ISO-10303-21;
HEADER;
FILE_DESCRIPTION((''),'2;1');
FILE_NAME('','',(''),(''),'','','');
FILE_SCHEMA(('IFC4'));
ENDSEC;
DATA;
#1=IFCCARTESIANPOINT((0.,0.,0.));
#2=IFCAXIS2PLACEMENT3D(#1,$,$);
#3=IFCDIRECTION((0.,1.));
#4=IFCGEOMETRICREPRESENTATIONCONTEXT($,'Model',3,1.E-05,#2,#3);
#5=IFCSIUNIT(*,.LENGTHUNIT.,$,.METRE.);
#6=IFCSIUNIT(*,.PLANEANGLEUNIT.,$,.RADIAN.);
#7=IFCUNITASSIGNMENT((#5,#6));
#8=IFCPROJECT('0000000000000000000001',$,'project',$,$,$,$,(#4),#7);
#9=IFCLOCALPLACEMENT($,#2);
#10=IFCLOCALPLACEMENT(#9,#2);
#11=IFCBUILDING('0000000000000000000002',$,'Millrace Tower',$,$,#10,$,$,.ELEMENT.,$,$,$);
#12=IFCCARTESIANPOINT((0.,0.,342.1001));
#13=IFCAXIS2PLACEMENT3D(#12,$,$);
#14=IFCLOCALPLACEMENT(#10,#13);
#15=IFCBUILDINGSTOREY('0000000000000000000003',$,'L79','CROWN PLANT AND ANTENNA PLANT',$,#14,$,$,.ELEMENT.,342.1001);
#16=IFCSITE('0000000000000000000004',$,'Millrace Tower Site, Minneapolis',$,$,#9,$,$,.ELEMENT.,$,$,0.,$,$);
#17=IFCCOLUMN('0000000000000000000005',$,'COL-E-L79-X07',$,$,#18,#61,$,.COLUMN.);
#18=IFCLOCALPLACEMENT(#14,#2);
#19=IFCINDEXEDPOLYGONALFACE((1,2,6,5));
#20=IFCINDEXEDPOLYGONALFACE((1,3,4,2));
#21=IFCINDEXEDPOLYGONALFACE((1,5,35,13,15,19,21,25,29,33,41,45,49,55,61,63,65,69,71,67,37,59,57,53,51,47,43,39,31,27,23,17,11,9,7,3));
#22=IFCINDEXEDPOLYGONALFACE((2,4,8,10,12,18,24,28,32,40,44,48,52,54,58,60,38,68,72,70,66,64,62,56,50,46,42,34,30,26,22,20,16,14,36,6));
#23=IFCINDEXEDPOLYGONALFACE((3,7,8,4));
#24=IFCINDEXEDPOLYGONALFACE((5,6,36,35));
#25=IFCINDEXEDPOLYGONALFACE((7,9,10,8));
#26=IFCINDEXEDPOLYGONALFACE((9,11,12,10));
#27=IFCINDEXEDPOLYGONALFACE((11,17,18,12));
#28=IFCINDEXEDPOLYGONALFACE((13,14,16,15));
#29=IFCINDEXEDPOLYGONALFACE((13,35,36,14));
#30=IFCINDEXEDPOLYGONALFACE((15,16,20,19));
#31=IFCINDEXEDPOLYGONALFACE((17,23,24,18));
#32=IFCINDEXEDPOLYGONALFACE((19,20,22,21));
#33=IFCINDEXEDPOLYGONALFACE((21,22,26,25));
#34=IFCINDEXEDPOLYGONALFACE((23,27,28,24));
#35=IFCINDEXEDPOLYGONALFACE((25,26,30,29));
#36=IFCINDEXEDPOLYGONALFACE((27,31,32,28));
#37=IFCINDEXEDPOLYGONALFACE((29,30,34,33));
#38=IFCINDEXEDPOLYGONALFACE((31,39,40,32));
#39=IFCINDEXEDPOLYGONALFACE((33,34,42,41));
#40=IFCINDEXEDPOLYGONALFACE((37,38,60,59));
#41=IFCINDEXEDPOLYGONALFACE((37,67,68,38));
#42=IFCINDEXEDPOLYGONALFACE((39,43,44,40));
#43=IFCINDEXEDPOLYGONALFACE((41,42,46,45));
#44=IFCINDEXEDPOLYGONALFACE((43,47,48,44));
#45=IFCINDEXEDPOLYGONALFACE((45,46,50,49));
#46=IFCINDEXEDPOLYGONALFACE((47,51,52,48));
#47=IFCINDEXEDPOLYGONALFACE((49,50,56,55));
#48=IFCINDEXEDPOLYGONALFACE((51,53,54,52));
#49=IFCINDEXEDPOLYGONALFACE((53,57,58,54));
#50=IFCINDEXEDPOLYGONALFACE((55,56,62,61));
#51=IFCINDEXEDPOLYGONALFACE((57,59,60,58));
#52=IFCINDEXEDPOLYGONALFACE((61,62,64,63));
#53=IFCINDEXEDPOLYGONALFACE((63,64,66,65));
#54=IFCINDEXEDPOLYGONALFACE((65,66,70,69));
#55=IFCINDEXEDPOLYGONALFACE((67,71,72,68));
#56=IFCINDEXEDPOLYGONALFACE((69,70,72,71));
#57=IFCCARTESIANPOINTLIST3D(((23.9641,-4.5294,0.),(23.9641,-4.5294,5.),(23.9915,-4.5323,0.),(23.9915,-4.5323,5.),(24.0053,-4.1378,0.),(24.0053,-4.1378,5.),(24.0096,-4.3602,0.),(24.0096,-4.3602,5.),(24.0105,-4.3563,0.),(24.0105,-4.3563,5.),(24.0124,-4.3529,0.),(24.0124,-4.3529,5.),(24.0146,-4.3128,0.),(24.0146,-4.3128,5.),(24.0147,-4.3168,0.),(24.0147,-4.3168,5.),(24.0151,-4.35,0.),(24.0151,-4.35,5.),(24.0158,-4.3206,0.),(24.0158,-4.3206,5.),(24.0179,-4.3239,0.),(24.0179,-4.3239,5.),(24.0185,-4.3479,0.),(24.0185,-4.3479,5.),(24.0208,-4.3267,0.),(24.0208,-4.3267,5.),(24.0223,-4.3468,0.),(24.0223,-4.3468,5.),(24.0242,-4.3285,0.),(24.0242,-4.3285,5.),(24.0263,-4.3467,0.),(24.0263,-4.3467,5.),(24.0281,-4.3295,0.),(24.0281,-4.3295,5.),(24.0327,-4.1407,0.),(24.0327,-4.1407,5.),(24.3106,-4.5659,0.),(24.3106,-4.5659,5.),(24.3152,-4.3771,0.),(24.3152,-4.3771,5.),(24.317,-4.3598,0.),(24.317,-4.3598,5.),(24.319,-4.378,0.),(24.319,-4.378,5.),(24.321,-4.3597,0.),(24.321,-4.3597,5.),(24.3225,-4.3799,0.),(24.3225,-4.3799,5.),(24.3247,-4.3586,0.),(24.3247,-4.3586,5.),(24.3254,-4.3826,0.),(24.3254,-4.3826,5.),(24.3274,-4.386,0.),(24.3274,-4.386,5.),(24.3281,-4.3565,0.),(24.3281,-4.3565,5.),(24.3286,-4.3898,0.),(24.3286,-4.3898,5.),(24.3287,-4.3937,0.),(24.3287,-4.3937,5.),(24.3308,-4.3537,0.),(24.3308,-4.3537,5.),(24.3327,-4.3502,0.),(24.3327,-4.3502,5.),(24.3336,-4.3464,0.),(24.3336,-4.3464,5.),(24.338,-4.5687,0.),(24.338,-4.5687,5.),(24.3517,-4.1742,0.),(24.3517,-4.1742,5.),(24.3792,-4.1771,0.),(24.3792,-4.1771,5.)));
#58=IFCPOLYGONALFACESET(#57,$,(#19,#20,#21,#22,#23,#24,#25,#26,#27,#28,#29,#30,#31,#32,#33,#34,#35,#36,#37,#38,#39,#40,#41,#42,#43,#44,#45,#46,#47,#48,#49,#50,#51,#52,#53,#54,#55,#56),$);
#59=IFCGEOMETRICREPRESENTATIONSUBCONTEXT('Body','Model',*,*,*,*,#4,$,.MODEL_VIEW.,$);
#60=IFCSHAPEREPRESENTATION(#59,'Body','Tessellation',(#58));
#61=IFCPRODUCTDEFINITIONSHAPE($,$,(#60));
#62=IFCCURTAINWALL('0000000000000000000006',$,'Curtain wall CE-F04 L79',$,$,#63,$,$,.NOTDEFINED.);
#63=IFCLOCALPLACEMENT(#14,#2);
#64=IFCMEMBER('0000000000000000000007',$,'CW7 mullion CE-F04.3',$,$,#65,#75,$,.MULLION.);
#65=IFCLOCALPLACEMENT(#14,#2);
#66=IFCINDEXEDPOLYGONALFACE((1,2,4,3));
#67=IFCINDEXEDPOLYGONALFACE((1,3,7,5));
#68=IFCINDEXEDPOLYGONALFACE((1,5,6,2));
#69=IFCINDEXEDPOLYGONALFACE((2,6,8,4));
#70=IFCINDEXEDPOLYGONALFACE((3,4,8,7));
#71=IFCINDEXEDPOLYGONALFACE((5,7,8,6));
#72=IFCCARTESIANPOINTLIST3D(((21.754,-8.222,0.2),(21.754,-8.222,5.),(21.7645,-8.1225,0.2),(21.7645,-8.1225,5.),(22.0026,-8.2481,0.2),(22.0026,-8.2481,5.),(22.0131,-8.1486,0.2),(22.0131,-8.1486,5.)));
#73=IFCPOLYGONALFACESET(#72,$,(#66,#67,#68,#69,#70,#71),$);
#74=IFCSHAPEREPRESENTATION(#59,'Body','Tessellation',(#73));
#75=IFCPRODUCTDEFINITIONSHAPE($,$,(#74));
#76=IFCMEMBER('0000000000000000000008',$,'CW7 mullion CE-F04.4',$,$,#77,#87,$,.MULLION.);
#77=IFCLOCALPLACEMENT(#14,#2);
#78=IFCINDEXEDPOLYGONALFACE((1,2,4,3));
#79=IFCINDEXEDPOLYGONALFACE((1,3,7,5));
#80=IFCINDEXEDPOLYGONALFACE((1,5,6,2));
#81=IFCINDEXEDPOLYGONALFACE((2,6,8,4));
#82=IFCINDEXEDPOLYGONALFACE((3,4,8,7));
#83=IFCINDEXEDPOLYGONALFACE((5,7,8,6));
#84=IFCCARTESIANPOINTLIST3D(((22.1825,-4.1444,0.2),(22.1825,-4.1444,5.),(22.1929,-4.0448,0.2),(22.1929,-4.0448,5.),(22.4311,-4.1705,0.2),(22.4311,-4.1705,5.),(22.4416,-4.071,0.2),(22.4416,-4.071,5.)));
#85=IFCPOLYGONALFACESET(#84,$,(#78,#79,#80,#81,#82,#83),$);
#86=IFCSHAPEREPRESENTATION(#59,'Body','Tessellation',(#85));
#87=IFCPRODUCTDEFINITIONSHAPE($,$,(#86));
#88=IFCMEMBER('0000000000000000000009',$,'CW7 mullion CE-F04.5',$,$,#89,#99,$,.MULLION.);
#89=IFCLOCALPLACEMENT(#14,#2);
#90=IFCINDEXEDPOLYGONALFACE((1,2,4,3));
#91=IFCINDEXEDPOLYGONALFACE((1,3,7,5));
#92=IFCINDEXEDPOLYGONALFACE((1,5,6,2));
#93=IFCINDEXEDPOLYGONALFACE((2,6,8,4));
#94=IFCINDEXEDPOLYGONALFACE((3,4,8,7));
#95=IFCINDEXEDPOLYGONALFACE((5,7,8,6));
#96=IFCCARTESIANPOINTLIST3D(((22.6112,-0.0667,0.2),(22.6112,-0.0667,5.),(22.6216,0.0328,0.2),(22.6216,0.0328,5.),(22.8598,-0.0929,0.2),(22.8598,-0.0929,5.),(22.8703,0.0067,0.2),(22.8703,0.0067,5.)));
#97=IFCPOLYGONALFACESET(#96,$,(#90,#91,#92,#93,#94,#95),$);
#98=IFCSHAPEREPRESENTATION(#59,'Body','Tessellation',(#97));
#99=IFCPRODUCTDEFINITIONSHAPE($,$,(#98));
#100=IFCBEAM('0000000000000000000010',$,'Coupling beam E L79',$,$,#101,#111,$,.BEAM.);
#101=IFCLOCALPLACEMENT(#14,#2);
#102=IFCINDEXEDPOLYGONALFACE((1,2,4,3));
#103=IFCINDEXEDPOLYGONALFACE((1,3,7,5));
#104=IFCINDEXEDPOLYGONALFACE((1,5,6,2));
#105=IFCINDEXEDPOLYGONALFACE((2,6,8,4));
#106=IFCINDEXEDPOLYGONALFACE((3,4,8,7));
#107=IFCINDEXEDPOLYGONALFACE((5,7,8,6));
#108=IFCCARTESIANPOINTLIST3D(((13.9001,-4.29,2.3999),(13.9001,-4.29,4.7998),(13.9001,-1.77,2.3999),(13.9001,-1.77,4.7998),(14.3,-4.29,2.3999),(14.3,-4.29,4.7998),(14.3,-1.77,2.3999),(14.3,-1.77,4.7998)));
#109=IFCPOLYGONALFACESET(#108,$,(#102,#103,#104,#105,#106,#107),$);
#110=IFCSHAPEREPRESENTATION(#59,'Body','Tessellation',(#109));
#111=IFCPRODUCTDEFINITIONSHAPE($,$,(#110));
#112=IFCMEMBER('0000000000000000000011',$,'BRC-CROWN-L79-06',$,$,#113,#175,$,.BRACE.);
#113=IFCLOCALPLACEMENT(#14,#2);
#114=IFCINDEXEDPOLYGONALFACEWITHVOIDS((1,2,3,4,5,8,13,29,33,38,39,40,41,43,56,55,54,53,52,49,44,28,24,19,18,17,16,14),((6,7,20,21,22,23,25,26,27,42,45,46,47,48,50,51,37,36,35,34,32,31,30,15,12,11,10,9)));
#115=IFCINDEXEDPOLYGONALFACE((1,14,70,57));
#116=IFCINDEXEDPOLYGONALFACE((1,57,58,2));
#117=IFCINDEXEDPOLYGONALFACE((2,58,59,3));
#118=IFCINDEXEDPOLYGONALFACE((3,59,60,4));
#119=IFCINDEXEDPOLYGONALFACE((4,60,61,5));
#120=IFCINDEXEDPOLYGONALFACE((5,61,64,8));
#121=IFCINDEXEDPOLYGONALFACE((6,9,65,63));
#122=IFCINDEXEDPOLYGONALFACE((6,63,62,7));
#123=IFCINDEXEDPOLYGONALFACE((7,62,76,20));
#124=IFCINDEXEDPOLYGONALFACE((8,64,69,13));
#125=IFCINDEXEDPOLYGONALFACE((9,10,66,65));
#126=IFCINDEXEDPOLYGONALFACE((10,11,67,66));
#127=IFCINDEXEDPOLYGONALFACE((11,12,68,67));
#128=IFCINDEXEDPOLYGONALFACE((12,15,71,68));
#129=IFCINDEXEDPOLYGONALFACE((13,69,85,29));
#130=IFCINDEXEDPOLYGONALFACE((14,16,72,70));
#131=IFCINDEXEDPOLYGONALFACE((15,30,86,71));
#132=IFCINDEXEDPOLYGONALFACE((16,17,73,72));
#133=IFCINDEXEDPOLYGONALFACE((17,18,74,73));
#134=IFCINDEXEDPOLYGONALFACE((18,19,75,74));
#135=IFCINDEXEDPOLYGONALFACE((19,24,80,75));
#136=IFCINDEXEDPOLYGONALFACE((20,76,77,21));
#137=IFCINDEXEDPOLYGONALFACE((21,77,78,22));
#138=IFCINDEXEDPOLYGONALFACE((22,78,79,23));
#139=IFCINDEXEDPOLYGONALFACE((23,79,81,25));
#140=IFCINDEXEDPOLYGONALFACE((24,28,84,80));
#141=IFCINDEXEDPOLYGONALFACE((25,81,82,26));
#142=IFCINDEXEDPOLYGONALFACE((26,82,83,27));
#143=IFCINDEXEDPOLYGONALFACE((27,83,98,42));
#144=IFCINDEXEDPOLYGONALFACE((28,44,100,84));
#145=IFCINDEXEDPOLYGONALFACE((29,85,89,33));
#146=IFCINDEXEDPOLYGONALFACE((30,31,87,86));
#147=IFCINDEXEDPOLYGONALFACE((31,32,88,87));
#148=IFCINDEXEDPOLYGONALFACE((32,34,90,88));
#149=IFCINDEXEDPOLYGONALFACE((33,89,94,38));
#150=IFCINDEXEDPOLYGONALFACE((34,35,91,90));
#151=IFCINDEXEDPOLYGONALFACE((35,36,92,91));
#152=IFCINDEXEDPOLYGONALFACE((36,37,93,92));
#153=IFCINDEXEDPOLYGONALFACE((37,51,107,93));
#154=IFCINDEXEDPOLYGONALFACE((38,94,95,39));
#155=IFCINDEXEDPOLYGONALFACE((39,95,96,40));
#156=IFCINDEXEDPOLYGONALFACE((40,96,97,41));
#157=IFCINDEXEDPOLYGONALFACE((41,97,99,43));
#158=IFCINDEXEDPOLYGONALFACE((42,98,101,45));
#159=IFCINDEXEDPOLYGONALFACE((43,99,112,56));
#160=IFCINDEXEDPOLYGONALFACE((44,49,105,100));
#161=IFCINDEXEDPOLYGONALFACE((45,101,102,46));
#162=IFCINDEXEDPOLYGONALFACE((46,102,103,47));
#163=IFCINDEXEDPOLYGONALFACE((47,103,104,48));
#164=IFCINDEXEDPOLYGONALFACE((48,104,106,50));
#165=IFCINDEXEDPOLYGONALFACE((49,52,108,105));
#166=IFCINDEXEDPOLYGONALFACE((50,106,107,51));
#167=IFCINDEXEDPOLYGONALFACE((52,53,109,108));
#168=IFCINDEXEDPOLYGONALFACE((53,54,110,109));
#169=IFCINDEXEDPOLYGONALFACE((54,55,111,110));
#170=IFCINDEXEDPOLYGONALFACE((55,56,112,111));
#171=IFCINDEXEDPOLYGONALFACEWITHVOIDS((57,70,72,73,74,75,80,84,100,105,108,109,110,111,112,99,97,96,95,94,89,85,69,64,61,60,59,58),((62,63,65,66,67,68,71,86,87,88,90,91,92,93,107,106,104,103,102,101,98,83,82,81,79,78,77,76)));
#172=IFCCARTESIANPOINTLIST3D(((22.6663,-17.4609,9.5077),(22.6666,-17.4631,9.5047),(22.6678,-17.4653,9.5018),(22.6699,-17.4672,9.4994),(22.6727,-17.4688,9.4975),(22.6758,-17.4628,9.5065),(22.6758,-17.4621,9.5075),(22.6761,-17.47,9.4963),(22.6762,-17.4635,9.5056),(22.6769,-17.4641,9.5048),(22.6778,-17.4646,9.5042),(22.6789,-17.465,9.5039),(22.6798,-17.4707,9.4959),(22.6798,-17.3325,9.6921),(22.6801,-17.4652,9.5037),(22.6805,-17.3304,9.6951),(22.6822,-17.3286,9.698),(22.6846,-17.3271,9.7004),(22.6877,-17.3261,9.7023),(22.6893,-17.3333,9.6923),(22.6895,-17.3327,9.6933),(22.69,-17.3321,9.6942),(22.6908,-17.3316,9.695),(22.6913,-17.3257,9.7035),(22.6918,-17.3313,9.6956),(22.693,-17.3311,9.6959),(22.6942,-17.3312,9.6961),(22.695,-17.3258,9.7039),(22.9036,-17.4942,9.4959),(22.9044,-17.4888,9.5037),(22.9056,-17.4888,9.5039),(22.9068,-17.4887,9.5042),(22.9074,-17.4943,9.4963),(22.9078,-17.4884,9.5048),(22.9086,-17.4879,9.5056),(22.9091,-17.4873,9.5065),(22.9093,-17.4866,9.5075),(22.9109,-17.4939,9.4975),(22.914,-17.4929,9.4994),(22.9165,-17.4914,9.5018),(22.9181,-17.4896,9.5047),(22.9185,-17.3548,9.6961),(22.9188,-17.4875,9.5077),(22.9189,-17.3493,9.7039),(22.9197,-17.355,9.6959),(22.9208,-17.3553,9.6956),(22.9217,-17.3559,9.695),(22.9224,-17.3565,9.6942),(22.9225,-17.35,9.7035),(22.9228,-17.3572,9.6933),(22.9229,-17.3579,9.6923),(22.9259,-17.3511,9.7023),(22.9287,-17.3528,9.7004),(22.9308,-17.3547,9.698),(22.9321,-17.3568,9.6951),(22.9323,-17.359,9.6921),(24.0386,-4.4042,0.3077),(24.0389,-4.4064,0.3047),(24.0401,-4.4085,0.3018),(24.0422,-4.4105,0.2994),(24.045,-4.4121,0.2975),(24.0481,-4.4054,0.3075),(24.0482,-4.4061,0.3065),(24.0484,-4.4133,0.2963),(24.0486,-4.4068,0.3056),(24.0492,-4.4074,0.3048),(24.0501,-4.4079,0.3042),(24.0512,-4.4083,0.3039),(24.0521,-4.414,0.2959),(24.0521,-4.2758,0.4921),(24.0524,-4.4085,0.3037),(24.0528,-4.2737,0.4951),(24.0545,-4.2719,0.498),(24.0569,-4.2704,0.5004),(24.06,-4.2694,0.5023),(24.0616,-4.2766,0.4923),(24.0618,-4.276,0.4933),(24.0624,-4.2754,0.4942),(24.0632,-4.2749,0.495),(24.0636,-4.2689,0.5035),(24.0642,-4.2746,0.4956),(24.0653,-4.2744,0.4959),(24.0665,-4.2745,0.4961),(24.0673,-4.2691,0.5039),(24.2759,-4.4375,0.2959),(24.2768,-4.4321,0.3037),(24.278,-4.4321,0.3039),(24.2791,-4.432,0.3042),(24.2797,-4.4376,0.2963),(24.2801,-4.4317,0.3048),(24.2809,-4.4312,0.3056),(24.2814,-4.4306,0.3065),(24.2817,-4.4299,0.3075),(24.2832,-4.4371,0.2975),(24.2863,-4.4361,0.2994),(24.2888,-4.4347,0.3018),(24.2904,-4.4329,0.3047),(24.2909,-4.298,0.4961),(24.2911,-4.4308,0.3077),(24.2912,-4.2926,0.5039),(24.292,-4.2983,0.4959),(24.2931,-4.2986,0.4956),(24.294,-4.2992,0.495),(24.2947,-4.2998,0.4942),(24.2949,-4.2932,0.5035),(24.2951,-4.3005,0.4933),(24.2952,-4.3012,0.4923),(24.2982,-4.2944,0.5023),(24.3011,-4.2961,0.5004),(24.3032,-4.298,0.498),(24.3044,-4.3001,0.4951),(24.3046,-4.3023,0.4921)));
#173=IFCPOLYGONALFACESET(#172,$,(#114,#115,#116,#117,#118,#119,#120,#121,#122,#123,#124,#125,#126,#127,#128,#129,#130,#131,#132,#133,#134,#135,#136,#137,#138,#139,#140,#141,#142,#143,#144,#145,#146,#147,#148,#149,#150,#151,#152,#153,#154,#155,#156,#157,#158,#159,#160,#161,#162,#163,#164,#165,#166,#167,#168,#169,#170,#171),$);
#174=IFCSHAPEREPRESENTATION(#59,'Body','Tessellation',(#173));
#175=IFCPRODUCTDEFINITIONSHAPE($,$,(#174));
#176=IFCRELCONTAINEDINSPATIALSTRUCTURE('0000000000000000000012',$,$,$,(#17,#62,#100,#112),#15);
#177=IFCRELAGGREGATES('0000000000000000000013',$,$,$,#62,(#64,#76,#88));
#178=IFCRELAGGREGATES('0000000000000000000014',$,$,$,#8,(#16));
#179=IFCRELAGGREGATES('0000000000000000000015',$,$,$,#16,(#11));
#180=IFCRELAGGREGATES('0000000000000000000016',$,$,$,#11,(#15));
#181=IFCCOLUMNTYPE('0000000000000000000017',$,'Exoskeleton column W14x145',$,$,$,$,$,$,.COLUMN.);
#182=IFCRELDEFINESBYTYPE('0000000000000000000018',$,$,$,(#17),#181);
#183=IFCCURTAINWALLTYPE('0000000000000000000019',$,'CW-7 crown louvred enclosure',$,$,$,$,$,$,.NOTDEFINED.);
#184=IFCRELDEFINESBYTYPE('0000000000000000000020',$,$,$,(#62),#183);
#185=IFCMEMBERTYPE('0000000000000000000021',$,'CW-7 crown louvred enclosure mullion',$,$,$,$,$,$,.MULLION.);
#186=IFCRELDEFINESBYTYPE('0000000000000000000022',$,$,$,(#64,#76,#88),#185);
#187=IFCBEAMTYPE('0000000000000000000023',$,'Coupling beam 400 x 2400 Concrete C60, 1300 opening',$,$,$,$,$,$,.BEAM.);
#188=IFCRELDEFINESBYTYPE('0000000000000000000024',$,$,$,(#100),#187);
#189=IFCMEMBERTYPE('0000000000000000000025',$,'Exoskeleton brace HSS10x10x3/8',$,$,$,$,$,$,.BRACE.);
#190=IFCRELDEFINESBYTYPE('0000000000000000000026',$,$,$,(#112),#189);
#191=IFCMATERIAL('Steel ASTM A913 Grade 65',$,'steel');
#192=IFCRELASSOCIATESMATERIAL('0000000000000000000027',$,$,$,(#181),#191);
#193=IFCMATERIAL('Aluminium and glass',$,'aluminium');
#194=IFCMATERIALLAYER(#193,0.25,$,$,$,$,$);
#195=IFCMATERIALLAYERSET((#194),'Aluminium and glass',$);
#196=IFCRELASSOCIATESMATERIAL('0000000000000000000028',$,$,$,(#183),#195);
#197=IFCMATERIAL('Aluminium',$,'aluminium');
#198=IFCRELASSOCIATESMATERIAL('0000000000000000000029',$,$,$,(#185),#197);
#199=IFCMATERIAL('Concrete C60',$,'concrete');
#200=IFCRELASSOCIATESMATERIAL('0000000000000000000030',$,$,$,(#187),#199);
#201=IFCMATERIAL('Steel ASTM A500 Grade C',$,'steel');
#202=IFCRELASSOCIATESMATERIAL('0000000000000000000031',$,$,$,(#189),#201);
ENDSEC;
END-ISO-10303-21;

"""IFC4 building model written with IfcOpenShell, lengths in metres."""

from ifc_helpers import new_model, si_unit, direction, frame, origin, origin_2d, place, context, subcontext, project, spatial, rectangle, hollow_rectangle, i_section, extrude, material, layer, layer_set, material_profile, profile_set, type_object, element, aggregate, save


model = new_model("IFC4")

# Units and contexts
model_context = context("Model", 3, precision=1e-05, world=origin(), true_north=direction((0.0, 1.0)))
body_context = subcontext(model_context, "Body", "Model", "MODEL_VIEW")
ifc_project = project(units=[si_unit("LENGTHUNIT", "METRE"), si_unit("PLANEANGLEUNIT", "RADIAN")], contexts=[model_context])

# Site, building, storey
site_placement = place(None, origin())
site = spatial("IfcSite", under=ifc_project, at=site_placement, Name="Millrace Tower Site, Minneapolis", CompositionType="ELEMENT", RefElevation=0.0)
building_placement = place(site_placement, origin())
building = spatial("IfcBuilding", under=site, at=building_placement, Name="Millrace Tower", CompositionType="ELEMENT")
storey_placement = place(building_placement, frame((0.0, 0.0, 342.1001)))
storey = spatial("IfcBuildingStorey", under=building, at=storey_placement, Name="L79", Description="CROWN PLANT AND ANTENNA PLANT", CompositionType="ELEMENT", Elevation=342.1001)

# Column
ifc_material_1 = material(Name="Steel ASTM A913 Grade 65", Category="steel")
ifc_material_profile_1 = material_profile(ifc_material_1, i_section(OverallWidth=0.3938, OverallDepth=0.376, WebThickness=0.0173, FlangeThickness=0.0276, FilletRadius=0.0151, at=origin_2d()))
ifc_profile_set_1 = profile_set([ifc_material_profile_1], Name="Steel ASTM A913 Grade 65")
column_type = type_object("IfcColumnType", Name="Exoskeleton column W14x145", PredefinedType="COLUMN", material=ifc_profile_set_1)
column_placement = place(storey_placement, frame((24.1716, -4.3533, 0.0), z_axis=(0.0, 0.0, 1.0), x_axis=(0.104528, 0.994522, 0.0)))
element("IfcColumn", 1, at=column_placement, inside=storey, type_object=column_type, Name="COL-E-L79-X07", PredefinedType="COLUMN", context=body_context, shape_type="SweptSolid", body=[
    extrude(i_section(OverallWidth=0.3938, OverallDepth=0.376, WebThickness=0.0173, FlangeThickness=0.0276, FilletRadius=0.0151, at=origin_2d()), origin(), (0.0, 0.0, 1.0), 5.0),
])

# Curtain wall, members
ifc_material_2 = material(Name="Aluminium and glass", Category="aluminium")
ifc_layer_1 = layer(ifc_material_2, 0.25)
ifc_layer_set_1 = layer_set([ifc_layer_1], Name="Aluminium and glass")
curtain_wall_type = type_object("IfcCurtainWallType", Name="CW-7 crown louvred enclosure", PredefinedType="NOTDEFINED", material=ifc_layer_set_1)
placement = place(storey_placement, origin())
curtain_wall = element("IfcCurtainWall", 2, at=placement, inside=storey, type_object=curtain_wall_type, Name="Curtain wall CE-F04 L79", PredefinedType="NOTDEFINED")
ifc_material_3 = material(Name="Aluminium", Category="aluminium")
ifc_material_profile_2 = material_profile(ifc_material_3, rectangle(XDim=0.1001, YDim=0.25, at=origin_2d()))
ifc_profile_set_2 = profile_set([ifc_material_profile_2], Name="Aluminium")
member_type_1 = type_object("IfcMemberType", Name="CW-7 crown louvred enclosure mullion", PredefinedType="MULLION", material=ifc_profile_set_2)
member_1_placement = place(storey_placement, frame((21.8835, -8.1853, 0.2), z_axis=(0.0, 0.0, 1.0), x_axis=(0.104528, 0.994522, 0.0)))
member_1 = element("IfcMember", 3, at=member_1_placement, type_object=member_type_1, Name="CW7 mullion CE-F04.3", PredefinedType="MULLION", context=body_context, shape_type="SweptSolid", body=[
    extrude(rectangle(XDim=0.1001, YDim=0.25, at=origin_2d()), origin(), (0.0, 0.0, 1.0), 4.8),
])
member_2_placement = place(storey_placement, frame((22.312, -4.1077, 0.2), z_axis=(0.0, 0.0, 1.0), x_axis=(0.104528, 0.994522, 0.0)))
member_2 = element("IfcMember", 4, at=member_2_placement, type_object=member_type_1, Name="CW7 mullion CE-F04.4", PredefinedType="MULLION", context=body_context, shape_type="SweptSolid", body=[
    extrude(rectangle(XDim=0.1001, YDim=0.25, at=origin_2d()), origin(), (0.0, 0.0, 1.0), 4.8),
])
member_3_placement = place(storey_placement, frame((22.7407, -0.03, 0.2), z_axis=(0.0, 0.0, 1.0), x_axis=(0.104528, 0.994522, 0.0)))
member_3 = element("IfcMember", 5, at=member_3_placement, type_object=member_type_1, Name="CW7 mullion CE-F04.5", PredefinedType="MULLION", context=body_context, shape_type="SweptSolid", body=[
    extrude(rectangle(XDim=0.1001, YDim=0.25, at=origin_2d()), origin(), (0.0, 0.0, 1.0), 4.8),
])
aggregate(curtain_wall, [member_1, member_2, member_3])

# Beam
ifc_material_4 = material(Name="Concrete C60", Category="concrete")
ifc_material_profile_3 = material_profile(ifc_material_4, rectangle(XDim=0.3999, YDim=2.3999, at=origin_2d()))
ifc_profile_set_3 = profile_set([ifc_material_profile_3], Name="Concrete C60")
beam_type_1 = type_object("IfcBeamType", Name="Coupling beam 400 x 2400 Concrete C60, 1300 opening", PredefinedType="BEAM", material=ifc_profile_set_3)
beam_1_placement = place(storey_placement, frame((14.1001, -1.77, 3.5999), z_axis=(0.0, -1.0, 0.0), x_axis=(1.0, 0.0, 0.0)))
element("IfcBeam", 6, at=beam_1_placement, inside=storey, type_object=beam_type_1, Name="Coupling beam E L79", PredefinedType="BEAM", context=body_context, shape_type="SweptSolid", body=[
    extrude(rectangle(XDim=0.3999, YDim=2.3999, at=origin_2d()), origin(), (0.0, 0.0, 1.0), 2.52),
])

# Member
ifc_material_5 = material(Name="Steel ASTM A500 Grade C", Category="steel")
ifc_material_profile_4 = material_profile(ifc_material_5, hollow_rectangle(XDim=0.2539, YDim=0.2539, WallThickness=0.0095, InnerFilletRadius=0.0046, OuterFilletRadius=0.0144, at=origin_2d()))
ifc_profile_set_4 = profile_set([ifc_material_profile_4], Name="Steel ASTM A500 Grade C")
member_type_2 = type_object("IfcMemberType", Name="Exoskeleton brace HSS10x10x3/8", PredefinedType="BRACE", material=ifc_profile_set_4)
member_4_placement = place(storey_placement, frame((24.1716, -4.3533, 0.3999), z_axis=(-0.085603, -0.814454, 0.573879), x_axis=(0.994522, -0.104529, 0.0)))
element("IfcMember", 7, at=member_4_placement, inside=storey, type_object=member_type_2, Name="BRC-CROWN-L79-06", PredefinedType="BRACE", context=body_context, shape_type="SweptSolid", body=[
    extrude(hollow_rectangle(XDim=0.2539, YDim=0.2539, WallThickness=0.0095, InnerFilletRadius=0.0046, OuterFilletRadius=0.0144, at=origin_2d()), origin(), (0.0, 0.0, 1.0), 16.0312),
])

save(model, "model.ifc")
